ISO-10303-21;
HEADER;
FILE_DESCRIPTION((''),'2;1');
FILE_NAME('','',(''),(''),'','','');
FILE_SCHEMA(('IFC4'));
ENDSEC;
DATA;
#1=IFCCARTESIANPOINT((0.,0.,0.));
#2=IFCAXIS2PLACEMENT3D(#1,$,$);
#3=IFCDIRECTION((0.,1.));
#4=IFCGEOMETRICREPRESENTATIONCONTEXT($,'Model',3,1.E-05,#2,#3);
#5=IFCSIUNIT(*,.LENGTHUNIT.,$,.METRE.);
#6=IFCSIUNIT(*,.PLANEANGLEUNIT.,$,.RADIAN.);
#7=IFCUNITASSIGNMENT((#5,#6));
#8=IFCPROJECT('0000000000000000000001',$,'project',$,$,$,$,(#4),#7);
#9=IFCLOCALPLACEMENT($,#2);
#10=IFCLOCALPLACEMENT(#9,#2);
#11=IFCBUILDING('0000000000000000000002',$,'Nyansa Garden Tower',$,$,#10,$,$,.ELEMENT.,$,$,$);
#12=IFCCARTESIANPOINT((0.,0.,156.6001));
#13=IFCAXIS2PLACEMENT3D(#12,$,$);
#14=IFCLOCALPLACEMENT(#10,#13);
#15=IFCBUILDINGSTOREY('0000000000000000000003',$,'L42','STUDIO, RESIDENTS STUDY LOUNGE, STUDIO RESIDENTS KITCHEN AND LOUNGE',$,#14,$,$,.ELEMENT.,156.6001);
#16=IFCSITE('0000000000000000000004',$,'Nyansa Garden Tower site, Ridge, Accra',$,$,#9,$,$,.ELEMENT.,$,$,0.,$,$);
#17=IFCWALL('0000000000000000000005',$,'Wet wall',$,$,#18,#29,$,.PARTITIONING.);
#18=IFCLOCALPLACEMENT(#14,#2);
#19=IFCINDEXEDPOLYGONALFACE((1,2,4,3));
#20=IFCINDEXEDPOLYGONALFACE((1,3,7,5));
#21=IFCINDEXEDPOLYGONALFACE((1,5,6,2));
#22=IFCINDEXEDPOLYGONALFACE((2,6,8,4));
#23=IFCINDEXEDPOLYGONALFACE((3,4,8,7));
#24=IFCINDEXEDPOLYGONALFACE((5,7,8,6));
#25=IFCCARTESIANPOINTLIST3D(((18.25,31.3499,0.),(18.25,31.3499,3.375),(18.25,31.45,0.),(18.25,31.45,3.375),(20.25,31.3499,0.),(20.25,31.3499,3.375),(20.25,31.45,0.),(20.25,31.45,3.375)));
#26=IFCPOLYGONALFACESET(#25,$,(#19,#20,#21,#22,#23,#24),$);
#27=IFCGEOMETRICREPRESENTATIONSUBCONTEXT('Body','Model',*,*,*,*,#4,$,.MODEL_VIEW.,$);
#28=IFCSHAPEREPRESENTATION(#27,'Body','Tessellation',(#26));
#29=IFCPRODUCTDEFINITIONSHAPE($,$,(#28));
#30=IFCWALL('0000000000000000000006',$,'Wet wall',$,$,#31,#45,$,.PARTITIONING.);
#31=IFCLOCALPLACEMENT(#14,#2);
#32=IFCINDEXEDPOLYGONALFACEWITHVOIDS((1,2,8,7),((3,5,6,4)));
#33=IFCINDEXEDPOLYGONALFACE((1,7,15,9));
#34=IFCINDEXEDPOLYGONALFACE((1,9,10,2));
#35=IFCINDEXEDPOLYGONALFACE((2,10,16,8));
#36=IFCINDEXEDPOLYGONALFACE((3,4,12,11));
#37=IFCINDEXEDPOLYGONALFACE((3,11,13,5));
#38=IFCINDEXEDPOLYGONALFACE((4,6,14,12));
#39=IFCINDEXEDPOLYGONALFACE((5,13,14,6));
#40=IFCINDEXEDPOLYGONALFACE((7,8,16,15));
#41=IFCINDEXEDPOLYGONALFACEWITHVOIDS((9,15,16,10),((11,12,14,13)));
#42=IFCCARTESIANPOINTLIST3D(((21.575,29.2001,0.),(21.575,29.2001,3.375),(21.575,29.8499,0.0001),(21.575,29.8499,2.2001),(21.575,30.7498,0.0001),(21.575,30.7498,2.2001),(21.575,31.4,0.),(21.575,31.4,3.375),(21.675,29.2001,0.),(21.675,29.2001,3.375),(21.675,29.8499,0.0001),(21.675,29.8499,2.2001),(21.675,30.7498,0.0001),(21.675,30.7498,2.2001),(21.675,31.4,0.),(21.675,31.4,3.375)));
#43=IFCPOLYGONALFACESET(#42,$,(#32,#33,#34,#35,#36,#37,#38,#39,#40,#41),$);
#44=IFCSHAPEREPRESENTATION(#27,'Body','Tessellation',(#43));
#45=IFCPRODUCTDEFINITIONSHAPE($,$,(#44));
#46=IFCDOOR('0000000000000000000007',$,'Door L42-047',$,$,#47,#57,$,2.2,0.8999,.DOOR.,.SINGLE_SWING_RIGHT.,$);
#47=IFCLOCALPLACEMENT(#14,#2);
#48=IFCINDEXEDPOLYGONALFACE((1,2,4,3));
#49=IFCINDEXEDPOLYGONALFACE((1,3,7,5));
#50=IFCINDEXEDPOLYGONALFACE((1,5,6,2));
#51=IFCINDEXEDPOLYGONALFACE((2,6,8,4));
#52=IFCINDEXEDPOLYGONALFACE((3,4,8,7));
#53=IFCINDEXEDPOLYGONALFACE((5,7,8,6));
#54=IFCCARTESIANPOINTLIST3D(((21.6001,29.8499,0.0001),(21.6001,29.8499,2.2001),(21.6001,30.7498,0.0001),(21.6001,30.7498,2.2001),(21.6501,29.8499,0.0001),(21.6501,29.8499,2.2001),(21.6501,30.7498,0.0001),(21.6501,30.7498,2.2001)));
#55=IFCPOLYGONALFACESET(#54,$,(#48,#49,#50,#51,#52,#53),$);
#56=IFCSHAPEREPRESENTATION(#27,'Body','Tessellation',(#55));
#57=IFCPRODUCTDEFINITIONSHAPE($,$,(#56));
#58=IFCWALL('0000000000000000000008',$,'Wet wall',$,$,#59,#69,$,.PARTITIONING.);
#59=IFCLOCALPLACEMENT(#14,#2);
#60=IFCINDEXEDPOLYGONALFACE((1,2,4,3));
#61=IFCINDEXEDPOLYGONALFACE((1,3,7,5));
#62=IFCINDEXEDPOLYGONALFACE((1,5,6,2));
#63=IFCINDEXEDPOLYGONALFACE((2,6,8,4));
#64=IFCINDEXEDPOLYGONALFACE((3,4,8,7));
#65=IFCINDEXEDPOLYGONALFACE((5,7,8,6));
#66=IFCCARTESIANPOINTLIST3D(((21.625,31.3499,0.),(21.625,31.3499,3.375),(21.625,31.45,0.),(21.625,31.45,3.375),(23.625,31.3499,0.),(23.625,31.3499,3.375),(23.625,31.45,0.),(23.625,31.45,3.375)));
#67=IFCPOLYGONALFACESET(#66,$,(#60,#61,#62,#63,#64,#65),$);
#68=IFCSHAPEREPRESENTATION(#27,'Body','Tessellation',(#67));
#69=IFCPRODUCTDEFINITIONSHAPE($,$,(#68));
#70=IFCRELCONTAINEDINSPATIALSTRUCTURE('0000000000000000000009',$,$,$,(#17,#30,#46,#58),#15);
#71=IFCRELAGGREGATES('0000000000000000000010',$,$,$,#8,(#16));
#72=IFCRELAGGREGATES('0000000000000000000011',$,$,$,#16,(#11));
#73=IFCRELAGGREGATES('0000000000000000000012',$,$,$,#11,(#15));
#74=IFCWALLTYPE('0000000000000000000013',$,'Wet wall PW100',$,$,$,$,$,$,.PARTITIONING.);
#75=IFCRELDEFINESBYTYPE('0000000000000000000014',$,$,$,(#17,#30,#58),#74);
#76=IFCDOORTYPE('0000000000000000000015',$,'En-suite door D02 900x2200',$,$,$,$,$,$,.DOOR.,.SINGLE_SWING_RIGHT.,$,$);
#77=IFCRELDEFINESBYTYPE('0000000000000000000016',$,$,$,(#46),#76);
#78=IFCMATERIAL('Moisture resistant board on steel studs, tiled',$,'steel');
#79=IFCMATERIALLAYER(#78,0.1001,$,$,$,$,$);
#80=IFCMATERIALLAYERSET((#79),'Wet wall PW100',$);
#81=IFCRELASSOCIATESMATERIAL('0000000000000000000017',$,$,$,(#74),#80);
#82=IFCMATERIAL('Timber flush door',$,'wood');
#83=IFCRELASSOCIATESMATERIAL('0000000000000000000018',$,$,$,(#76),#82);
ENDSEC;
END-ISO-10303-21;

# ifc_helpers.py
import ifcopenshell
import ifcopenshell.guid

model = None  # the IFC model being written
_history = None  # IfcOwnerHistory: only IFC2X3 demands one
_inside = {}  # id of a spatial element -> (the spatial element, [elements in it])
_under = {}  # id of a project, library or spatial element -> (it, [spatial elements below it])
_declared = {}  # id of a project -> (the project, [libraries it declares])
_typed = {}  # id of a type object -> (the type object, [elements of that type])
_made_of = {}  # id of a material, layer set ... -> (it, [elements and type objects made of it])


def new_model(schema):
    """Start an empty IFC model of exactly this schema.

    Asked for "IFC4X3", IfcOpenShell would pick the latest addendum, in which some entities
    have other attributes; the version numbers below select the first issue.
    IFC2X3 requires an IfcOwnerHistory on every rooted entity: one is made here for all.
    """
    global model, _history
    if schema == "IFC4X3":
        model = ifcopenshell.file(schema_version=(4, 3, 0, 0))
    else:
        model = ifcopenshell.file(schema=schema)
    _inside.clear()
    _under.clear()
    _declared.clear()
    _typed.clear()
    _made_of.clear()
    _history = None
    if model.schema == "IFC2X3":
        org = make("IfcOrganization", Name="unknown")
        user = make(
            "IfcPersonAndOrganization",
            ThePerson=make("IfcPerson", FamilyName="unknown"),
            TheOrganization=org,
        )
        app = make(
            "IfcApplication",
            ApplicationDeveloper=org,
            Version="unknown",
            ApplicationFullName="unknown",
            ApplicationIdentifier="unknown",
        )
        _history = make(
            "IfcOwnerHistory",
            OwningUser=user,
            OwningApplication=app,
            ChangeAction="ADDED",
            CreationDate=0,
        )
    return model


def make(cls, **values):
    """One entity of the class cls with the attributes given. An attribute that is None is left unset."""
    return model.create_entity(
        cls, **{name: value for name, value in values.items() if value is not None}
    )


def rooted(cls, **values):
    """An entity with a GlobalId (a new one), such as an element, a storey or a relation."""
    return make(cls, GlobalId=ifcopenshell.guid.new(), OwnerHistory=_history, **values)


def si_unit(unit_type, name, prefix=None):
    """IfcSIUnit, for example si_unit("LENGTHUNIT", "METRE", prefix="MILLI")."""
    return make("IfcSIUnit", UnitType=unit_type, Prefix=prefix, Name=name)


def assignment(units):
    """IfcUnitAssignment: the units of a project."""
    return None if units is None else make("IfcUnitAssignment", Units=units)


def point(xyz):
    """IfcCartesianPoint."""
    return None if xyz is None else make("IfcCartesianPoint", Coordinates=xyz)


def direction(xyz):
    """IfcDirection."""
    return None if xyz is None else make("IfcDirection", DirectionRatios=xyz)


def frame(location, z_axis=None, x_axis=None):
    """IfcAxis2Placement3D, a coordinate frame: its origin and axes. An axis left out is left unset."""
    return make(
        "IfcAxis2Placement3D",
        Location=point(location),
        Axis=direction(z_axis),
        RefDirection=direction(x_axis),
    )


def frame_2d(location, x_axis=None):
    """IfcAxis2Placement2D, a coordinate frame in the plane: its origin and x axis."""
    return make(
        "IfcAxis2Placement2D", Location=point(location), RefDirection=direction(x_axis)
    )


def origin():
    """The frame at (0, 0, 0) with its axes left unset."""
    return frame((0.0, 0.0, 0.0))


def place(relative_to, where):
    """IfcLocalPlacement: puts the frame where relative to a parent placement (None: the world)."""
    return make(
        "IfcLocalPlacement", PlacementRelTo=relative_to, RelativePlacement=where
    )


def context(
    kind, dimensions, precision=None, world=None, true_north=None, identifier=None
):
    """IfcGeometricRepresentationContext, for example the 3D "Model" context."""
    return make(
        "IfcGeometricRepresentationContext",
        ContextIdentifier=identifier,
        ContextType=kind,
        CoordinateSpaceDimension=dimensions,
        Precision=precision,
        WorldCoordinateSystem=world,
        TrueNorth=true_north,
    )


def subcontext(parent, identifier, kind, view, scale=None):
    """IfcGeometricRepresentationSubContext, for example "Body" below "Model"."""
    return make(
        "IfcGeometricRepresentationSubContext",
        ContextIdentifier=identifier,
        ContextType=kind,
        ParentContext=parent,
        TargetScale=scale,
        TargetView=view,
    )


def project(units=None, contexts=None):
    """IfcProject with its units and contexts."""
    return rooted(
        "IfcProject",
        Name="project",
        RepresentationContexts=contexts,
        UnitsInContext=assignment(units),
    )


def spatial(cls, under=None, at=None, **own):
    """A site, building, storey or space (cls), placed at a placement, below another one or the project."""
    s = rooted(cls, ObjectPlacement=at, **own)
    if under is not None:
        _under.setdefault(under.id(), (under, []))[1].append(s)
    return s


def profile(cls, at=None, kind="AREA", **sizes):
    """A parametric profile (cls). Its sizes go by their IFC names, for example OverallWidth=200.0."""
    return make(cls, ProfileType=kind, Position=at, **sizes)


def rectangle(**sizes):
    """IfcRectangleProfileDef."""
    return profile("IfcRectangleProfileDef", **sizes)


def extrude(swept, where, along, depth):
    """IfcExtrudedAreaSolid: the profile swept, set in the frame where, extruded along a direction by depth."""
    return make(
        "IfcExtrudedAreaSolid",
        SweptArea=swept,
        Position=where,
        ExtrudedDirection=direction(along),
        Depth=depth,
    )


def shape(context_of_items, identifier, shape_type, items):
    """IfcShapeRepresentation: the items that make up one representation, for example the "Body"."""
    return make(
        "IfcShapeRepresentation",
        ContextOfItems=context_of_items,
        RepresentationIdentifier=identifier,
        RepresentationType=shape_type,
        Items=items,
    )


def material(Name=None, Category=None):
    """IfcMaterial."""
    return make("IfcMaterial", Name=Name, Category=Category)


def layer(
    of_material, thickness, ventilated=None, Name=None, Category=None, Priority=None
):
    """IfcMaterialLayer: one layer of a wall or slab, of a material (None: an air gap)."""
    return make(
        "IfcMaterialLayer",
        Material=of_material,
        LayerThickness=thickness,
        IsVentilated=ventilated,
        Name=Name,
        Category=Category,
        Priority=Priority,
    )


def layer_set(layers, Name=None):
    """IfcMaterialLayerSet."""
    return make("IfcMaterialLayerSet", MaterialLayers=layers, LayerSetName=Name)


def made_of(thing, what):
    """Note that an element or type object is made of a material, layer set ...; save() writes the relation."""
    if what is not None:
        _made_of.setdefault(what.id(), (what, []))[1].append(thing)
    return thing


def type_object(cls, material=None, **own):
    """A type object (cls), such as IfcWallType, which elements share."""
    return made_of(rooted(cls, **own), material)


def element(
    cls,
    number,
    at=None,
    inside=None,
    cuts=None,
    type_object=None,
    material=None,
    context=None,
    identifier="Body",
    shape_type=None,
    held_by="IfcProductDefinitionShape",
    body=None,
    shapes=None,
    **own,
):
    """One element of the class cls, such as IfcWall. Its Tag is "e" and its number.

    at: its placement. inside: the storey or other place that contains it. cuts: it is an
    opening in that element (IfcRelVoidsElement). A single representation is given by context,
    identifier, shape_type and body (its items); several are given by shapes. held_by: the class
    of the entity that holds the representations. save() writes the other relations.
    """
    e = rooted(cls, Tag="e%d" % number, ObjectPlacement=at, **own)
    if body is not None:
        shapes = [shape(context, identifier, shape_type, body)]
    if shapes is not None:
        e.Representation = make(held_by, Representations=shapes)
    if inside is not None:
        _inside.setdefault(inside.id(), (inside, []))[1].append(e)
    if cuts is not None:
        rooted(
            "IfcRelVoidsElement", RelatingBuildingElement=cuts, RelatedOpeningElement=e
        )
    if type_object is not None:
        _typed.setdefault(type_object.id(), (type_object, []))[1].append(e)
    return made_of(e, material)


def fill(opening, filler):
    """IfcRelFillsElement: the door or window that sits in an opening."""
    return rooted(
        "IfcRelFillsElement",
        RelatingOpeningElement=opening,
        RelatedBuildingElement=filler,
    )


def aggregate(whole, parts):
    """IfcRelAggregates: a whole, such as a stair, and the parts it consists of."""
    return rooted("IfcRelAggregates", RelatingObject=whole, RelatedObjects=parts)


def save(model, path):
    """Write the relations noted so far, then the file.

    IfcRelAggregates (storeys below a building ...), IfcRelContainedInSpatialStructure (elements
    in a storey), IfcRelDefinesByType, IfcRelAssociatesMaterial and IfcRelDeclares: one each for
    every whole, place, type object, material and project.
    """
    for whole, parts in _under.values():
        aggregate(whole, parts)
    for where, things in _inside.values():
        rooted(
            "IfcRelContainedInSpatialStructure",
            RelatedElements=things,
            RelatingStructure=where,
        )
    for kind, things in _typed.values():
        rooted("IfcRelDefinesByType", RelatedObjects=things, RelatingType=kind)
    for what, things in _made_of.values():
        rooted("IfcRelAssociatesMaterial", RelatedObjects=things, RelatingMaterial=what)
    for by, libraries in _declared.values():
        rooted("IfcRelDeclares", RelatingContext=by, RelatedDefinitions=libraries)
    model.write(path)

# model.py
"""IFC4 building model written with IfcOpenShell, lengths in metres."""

from ifc_helpers import new_model, si_unit, direction, frame, frame_2d, origin, place, context, subcontext, project, spatial, rectangle, extrude, material, layer, layer_set, type_object, element, fill, save


model = new_model("IFC4")

# Units and contexts
model_context = context("Model", 3, precision=1e-05, world=origin(), true_north=direction((0.0, 1.0)))
body_context = subcontext(model_context, "Body", "Model", "MODEL_VIEW")
ifc_project = project(units=[si_unit("LENGTHUNIT", "METRE"), si_unit("PLANEANGLEUNIT", "RADIAN")], contexts=[model_context])

# Site, building, storey
site_placement = place(None, origin())
site = spatial("IfcSite", under=ifc_project, at=site_placement, Name="Nyansa Garden Tower site, Ridge, Accra", CompositionType="ELEMENT", RefElevation=0.0)
building_placement = place(site_placement, origin())
building = spatial("IfcBuilding", under=site, at=building_placement, Name="Nyansa Garden Tower", CompositionType="ELEMENT")
storey_placement = place(building_placement, frame((0.0, 0.0, 156.6001)))
storey = spatial("IfcBuildingStorey", under=building, at=storey_placement, Name="L42", Description="STUDIO, RESIDENTS STUDY LOUNGE, STUDIO RESIDENTS KITCHEN AND LOUNGE", CompositionType="ELEMENT", Elevation=156.6001)

# Shared definitions
ifc_material_1 = material(Name="Moisture resistant board on steel studs, tiled", Category="steel")
ifc_layer_1 = layer(ifc_material_1, 0.1001)
ifc_layer_set_1 = layer_set([ifc_layer_1], Name="Wet wall PW100")
wall_type_1 = type_object("IfcWallType", Name="Wet wall PW100", PredefinedType="PARTITIONING", material=ifc_layer_set_1)
ifc_material_2 = material(Name="Timber flush door", Category="wood")
door_type = type_object("IfcDoorType", Name="En-suite door D02 900x2200", OperationType="SINGLE_SWING_RIGHT", PredefinedType="DOOR", material=ifc_material_2)

# Wall
wall_1_placement = place(storey_placement, frame((18.25, 31.3999, 0.0), z_axis=(0.0, 0.0, 1.0), x_axis=(1.0, 0.0, 0.0)))
element("IfcWall", 1, at=wall_1_placement, inside=storey, type_object=wall_type_1, Name="Wet wall", PredefinedType="PARTITIONING", context=body_context, shape_type="SweptSolid", body=[
    extrude(rectangle(XDim=2.0, YDim=0.1001, at=frame_2d((1.0, 0.0))), origin(), (0.0, 0.0, 1.0), 3.375),
])

# Wall, opening, door
wall_2_placement = place(storey_placement, frame((21.625, 29.2, 0.0), z_axis=(0.0, 0.0, 1.0), x_axis=(0.0, 1.0, 0.0)))
wall_2 = element("IfcWall", 2, at=wall_2_placement, inside=storey, type_object=wall_type_1, Name="Wet wall", PredefinedType="PARTITIONING", context=body_context, shape_type="SweptSolid", body=[
    extrude(rectangle(XDim=2.2, YDim=0.1001, at=frame_2d((1.1001, 0.0))), origin(), (0.0, 0.0, 1.0), 3.375),
])
opening_1_placement = place(wall_2_placement, frame((0.6499, 0.0, 0.0)))
opening_1 = element("IfcOpeningElement", 3, at=opening_1_placement, cuts=wall_2, PredefinedType="OPENING", context=body_context, shape_type="SweptSolid", body=[
    extrude(rectangle(XDim=0.8999, YDim=2.2, at=frame_2d((0.45, 1.1001))), frame((0.0, 0.0601, 0.0), z_axis=(0.0, -1.0, 0.0), x_axis=(1.0, 0.0, 0.0)), (0.0, 0.0, 1.0), 0.1201),
])
door_1_placement = place(opening_1_placement, origin())
door_1 = element("IfcDoor", 4, at=door_1_placement, inside=storey, type_object=door_type, Name="Door L42-047", OperationType="SINGLE_SWING_RIGHT", OverallHeight=2.2, OverallWidth=0.8999, PredefinedType="DOOR", context=body_context, shape_type="SweptSolid", body=[
    extrude(rectangle(XDim=0.8999, YDim=2.2, at=frame_2d((0.45, 1.1001))), frame((0.0, 0.0249, 0.0), z_axis=(0.0, -1.0, 0.0), x_axis=(1.0, 0.0, 0.0)), (0.0, 0.0, 1.0), 0.05),
])
fill(opening_1, door_1)

# Wall
wall_3_placement = place(storey_placement, frame((21.625, 31.3999, 0.0), z_axis=(0.0, 0.0, 1.0), x_axis=(1.0, 0.0, 0.0)))
element("IfcWall", 5, at=wall_3_placement, inside=storey, type_object=wall_type_1, Name="Wet wall", PredefinedType="PARTITIONING", context=body_context, shape_type="SweptSolid", body=[
    extrude(rectangle(XDim=2.0, YDim=0.1001, at=frame_2d((1.0, 0.0))), origin(), (0.0, 0.0, 1.0), 3.375),
])

save(model, "model.ifc")
